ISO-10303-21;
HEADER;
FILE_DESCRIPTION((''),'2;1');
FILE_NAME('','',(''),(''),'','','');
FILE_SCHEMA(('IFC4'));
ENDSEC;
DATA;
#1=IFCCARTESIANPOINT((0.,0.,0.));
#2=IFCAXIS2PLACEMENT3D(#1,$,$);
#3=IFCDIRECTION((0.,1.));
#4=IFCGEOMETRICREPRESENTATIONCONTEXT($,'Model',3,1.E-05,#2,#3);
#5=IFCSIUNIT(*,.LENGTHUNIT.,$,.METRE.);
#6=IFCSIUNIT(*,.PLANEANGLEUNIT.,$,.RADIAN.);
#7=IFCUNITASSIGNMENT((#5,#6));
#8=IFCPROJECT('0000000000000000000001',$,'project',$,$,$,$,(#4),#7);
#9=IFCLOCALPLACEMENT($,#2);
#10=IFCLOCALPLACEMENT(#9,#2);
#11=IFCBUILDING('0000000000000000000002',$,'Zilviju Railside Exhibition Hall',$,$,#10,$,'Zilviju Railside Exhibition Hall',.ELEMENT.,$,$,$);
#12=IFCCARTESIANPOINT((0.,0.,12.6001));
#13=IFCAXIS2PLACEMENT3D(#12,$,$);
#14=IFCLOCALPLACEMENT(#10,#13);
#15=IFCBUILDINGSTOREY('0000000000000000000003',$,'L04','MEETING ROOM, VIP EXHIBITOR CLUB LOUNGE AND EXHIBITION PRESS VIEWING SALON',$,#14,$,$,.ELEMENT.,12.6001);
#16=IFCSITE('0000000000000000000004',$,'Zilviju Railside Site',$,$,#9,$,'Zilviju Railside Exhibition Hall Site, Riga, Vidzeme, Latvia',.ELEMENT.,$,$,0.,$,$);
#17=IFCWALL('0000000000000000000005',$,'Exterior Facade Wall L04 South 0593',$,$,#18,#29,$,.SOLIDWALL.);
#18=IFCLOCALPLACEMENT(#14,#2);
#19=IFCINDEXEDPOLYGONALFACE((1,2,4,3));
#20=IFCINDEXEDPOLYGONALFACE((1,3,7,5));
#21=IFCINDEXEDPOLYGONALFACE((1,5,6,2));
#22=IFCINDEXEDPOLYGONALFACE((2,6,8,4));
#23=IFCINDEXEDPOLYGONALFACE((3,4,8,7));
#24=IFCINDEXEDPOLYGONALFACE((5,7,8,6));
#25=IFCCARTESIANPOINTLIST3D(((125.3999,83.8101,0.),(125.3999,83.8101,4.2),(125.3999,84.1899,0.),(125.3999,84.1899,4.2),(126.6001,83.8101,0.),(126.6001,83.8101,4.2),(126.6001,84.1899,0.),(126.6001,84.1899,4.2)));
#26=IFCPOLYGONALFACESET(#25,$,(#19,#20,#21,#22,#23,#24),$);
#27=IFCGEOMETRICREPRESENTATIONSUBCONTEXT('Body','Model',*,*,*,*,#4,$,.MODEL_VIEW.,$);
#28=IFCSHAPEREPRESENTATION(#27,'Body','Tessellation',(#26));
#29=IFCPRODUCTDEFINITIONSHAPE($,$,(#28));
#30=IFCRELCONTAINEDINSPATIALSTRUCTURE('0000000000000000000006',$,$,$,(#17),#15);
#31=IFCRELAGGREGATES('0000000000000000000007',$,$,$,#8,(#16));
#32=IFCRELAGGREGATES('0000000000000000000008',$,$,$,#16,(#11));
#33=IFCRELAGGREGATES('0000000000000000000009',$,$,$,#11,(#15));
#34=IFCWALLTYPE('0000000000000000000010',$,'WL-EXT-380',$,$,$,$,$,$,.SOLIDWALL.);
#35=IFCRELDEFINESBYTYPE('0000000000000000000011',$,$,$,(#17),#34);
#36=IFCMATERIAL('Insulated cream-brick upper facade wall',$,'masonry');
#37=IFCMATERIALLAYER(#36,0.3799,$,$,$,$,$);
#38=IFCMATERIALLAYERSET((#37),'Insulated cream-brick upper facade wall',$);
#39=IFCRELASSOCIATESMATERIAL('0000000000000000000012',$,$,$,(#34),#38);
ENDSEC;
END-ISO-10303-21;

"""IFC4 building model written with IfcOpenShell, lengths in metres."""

from ifc_helpers import new_model, si_unit, direction, frame, frame_2d, origin, place, context, subcontext, project, spatial, rectangle, extrude, material, layer, layer_set, type_object, element, save


model = new_model("IFC4")

# Units and contexts
model_context = context("Model", 3, precision=1e-05, world=origin(), true_north=direction((0.0, 1.0)))
body_context = subcontext(model_context, "Body", "Model", "MODEL_VIEW")
ifc_project = project(units=[si_unit("LENGTHUNIT", "METRE"), si_unit("PLANEANGLEUNIT", "RADIAN")], contexts=[model_context])

# Site, building, storey
site_placement = place(None, origin())
site = spatial("IfcSite", under=ifc_project, at=site_placement, Name="Zilviju Railside Site", LongName="Zilviju Railside Exhibition Hall Site, Riga, Vidzeme, Latvia", CompositionType="ELEMENT", RefElevation=0.0)
building_placement = place(site_placement, origin())
building = spatial("IfcBuilding", under=site, at=building_placement, Name="Zilviju Railside Exhibition Hall", LongName="Zilviju Railside Exhibition Hall", CompositionType="ELEMENT")
storey_placement = place(building_placement, frame((0.0, 0.0, 12.6001)))
storey = spatial("IfcBuildingStorey", under=building, at=storey_placement, Name="L04", Description="MEETING ROOM, VIP EXHIBITOR CLUB LOUNGE AND EXHIBITION PRESS VIEWING SALON", CompositionType="ELEMENT", Elevation=12.6001)

# Wall
ifc_material_1 = material(Name="Insulated cream-brick upper facade wall", Category="masonry")
ifc_layer_1 = layer(ifc_material_1, 0.3799)
ifc_layer_set_1 = layer_set([ifc_layer_1], Name="Insulated cream-brick upper facade wall")
wall_type = type_object("IfcWallType", Name="WL-EXT-380", PredefinedType="SOLIDWALL", material=ifc_layer_set_1)
wall_1_placement = place(storey_placement, frame((126.6001, 84.0, 0.0), z_axis=(0.0, 0.0, 1.0), x_axis=(-1.0, 0.0, 0.0)))
element("IfcWall", 1, at=wall_1_placement, inside=storey, type_object=wall_type, Name="Exterior Facade Wall L04 South 0593", PredefinedType="SOLIDWALL", context=body_context, shape_type="SweptSolid", body=[
    extrude(rectangle(XDim=1.2002, YDim=0.3799, at=frame_2d((0.6001, 0.0))), origin(), (0.0, 0.0, 1.0), 4.2),
])

save(model, "model.ifc")
